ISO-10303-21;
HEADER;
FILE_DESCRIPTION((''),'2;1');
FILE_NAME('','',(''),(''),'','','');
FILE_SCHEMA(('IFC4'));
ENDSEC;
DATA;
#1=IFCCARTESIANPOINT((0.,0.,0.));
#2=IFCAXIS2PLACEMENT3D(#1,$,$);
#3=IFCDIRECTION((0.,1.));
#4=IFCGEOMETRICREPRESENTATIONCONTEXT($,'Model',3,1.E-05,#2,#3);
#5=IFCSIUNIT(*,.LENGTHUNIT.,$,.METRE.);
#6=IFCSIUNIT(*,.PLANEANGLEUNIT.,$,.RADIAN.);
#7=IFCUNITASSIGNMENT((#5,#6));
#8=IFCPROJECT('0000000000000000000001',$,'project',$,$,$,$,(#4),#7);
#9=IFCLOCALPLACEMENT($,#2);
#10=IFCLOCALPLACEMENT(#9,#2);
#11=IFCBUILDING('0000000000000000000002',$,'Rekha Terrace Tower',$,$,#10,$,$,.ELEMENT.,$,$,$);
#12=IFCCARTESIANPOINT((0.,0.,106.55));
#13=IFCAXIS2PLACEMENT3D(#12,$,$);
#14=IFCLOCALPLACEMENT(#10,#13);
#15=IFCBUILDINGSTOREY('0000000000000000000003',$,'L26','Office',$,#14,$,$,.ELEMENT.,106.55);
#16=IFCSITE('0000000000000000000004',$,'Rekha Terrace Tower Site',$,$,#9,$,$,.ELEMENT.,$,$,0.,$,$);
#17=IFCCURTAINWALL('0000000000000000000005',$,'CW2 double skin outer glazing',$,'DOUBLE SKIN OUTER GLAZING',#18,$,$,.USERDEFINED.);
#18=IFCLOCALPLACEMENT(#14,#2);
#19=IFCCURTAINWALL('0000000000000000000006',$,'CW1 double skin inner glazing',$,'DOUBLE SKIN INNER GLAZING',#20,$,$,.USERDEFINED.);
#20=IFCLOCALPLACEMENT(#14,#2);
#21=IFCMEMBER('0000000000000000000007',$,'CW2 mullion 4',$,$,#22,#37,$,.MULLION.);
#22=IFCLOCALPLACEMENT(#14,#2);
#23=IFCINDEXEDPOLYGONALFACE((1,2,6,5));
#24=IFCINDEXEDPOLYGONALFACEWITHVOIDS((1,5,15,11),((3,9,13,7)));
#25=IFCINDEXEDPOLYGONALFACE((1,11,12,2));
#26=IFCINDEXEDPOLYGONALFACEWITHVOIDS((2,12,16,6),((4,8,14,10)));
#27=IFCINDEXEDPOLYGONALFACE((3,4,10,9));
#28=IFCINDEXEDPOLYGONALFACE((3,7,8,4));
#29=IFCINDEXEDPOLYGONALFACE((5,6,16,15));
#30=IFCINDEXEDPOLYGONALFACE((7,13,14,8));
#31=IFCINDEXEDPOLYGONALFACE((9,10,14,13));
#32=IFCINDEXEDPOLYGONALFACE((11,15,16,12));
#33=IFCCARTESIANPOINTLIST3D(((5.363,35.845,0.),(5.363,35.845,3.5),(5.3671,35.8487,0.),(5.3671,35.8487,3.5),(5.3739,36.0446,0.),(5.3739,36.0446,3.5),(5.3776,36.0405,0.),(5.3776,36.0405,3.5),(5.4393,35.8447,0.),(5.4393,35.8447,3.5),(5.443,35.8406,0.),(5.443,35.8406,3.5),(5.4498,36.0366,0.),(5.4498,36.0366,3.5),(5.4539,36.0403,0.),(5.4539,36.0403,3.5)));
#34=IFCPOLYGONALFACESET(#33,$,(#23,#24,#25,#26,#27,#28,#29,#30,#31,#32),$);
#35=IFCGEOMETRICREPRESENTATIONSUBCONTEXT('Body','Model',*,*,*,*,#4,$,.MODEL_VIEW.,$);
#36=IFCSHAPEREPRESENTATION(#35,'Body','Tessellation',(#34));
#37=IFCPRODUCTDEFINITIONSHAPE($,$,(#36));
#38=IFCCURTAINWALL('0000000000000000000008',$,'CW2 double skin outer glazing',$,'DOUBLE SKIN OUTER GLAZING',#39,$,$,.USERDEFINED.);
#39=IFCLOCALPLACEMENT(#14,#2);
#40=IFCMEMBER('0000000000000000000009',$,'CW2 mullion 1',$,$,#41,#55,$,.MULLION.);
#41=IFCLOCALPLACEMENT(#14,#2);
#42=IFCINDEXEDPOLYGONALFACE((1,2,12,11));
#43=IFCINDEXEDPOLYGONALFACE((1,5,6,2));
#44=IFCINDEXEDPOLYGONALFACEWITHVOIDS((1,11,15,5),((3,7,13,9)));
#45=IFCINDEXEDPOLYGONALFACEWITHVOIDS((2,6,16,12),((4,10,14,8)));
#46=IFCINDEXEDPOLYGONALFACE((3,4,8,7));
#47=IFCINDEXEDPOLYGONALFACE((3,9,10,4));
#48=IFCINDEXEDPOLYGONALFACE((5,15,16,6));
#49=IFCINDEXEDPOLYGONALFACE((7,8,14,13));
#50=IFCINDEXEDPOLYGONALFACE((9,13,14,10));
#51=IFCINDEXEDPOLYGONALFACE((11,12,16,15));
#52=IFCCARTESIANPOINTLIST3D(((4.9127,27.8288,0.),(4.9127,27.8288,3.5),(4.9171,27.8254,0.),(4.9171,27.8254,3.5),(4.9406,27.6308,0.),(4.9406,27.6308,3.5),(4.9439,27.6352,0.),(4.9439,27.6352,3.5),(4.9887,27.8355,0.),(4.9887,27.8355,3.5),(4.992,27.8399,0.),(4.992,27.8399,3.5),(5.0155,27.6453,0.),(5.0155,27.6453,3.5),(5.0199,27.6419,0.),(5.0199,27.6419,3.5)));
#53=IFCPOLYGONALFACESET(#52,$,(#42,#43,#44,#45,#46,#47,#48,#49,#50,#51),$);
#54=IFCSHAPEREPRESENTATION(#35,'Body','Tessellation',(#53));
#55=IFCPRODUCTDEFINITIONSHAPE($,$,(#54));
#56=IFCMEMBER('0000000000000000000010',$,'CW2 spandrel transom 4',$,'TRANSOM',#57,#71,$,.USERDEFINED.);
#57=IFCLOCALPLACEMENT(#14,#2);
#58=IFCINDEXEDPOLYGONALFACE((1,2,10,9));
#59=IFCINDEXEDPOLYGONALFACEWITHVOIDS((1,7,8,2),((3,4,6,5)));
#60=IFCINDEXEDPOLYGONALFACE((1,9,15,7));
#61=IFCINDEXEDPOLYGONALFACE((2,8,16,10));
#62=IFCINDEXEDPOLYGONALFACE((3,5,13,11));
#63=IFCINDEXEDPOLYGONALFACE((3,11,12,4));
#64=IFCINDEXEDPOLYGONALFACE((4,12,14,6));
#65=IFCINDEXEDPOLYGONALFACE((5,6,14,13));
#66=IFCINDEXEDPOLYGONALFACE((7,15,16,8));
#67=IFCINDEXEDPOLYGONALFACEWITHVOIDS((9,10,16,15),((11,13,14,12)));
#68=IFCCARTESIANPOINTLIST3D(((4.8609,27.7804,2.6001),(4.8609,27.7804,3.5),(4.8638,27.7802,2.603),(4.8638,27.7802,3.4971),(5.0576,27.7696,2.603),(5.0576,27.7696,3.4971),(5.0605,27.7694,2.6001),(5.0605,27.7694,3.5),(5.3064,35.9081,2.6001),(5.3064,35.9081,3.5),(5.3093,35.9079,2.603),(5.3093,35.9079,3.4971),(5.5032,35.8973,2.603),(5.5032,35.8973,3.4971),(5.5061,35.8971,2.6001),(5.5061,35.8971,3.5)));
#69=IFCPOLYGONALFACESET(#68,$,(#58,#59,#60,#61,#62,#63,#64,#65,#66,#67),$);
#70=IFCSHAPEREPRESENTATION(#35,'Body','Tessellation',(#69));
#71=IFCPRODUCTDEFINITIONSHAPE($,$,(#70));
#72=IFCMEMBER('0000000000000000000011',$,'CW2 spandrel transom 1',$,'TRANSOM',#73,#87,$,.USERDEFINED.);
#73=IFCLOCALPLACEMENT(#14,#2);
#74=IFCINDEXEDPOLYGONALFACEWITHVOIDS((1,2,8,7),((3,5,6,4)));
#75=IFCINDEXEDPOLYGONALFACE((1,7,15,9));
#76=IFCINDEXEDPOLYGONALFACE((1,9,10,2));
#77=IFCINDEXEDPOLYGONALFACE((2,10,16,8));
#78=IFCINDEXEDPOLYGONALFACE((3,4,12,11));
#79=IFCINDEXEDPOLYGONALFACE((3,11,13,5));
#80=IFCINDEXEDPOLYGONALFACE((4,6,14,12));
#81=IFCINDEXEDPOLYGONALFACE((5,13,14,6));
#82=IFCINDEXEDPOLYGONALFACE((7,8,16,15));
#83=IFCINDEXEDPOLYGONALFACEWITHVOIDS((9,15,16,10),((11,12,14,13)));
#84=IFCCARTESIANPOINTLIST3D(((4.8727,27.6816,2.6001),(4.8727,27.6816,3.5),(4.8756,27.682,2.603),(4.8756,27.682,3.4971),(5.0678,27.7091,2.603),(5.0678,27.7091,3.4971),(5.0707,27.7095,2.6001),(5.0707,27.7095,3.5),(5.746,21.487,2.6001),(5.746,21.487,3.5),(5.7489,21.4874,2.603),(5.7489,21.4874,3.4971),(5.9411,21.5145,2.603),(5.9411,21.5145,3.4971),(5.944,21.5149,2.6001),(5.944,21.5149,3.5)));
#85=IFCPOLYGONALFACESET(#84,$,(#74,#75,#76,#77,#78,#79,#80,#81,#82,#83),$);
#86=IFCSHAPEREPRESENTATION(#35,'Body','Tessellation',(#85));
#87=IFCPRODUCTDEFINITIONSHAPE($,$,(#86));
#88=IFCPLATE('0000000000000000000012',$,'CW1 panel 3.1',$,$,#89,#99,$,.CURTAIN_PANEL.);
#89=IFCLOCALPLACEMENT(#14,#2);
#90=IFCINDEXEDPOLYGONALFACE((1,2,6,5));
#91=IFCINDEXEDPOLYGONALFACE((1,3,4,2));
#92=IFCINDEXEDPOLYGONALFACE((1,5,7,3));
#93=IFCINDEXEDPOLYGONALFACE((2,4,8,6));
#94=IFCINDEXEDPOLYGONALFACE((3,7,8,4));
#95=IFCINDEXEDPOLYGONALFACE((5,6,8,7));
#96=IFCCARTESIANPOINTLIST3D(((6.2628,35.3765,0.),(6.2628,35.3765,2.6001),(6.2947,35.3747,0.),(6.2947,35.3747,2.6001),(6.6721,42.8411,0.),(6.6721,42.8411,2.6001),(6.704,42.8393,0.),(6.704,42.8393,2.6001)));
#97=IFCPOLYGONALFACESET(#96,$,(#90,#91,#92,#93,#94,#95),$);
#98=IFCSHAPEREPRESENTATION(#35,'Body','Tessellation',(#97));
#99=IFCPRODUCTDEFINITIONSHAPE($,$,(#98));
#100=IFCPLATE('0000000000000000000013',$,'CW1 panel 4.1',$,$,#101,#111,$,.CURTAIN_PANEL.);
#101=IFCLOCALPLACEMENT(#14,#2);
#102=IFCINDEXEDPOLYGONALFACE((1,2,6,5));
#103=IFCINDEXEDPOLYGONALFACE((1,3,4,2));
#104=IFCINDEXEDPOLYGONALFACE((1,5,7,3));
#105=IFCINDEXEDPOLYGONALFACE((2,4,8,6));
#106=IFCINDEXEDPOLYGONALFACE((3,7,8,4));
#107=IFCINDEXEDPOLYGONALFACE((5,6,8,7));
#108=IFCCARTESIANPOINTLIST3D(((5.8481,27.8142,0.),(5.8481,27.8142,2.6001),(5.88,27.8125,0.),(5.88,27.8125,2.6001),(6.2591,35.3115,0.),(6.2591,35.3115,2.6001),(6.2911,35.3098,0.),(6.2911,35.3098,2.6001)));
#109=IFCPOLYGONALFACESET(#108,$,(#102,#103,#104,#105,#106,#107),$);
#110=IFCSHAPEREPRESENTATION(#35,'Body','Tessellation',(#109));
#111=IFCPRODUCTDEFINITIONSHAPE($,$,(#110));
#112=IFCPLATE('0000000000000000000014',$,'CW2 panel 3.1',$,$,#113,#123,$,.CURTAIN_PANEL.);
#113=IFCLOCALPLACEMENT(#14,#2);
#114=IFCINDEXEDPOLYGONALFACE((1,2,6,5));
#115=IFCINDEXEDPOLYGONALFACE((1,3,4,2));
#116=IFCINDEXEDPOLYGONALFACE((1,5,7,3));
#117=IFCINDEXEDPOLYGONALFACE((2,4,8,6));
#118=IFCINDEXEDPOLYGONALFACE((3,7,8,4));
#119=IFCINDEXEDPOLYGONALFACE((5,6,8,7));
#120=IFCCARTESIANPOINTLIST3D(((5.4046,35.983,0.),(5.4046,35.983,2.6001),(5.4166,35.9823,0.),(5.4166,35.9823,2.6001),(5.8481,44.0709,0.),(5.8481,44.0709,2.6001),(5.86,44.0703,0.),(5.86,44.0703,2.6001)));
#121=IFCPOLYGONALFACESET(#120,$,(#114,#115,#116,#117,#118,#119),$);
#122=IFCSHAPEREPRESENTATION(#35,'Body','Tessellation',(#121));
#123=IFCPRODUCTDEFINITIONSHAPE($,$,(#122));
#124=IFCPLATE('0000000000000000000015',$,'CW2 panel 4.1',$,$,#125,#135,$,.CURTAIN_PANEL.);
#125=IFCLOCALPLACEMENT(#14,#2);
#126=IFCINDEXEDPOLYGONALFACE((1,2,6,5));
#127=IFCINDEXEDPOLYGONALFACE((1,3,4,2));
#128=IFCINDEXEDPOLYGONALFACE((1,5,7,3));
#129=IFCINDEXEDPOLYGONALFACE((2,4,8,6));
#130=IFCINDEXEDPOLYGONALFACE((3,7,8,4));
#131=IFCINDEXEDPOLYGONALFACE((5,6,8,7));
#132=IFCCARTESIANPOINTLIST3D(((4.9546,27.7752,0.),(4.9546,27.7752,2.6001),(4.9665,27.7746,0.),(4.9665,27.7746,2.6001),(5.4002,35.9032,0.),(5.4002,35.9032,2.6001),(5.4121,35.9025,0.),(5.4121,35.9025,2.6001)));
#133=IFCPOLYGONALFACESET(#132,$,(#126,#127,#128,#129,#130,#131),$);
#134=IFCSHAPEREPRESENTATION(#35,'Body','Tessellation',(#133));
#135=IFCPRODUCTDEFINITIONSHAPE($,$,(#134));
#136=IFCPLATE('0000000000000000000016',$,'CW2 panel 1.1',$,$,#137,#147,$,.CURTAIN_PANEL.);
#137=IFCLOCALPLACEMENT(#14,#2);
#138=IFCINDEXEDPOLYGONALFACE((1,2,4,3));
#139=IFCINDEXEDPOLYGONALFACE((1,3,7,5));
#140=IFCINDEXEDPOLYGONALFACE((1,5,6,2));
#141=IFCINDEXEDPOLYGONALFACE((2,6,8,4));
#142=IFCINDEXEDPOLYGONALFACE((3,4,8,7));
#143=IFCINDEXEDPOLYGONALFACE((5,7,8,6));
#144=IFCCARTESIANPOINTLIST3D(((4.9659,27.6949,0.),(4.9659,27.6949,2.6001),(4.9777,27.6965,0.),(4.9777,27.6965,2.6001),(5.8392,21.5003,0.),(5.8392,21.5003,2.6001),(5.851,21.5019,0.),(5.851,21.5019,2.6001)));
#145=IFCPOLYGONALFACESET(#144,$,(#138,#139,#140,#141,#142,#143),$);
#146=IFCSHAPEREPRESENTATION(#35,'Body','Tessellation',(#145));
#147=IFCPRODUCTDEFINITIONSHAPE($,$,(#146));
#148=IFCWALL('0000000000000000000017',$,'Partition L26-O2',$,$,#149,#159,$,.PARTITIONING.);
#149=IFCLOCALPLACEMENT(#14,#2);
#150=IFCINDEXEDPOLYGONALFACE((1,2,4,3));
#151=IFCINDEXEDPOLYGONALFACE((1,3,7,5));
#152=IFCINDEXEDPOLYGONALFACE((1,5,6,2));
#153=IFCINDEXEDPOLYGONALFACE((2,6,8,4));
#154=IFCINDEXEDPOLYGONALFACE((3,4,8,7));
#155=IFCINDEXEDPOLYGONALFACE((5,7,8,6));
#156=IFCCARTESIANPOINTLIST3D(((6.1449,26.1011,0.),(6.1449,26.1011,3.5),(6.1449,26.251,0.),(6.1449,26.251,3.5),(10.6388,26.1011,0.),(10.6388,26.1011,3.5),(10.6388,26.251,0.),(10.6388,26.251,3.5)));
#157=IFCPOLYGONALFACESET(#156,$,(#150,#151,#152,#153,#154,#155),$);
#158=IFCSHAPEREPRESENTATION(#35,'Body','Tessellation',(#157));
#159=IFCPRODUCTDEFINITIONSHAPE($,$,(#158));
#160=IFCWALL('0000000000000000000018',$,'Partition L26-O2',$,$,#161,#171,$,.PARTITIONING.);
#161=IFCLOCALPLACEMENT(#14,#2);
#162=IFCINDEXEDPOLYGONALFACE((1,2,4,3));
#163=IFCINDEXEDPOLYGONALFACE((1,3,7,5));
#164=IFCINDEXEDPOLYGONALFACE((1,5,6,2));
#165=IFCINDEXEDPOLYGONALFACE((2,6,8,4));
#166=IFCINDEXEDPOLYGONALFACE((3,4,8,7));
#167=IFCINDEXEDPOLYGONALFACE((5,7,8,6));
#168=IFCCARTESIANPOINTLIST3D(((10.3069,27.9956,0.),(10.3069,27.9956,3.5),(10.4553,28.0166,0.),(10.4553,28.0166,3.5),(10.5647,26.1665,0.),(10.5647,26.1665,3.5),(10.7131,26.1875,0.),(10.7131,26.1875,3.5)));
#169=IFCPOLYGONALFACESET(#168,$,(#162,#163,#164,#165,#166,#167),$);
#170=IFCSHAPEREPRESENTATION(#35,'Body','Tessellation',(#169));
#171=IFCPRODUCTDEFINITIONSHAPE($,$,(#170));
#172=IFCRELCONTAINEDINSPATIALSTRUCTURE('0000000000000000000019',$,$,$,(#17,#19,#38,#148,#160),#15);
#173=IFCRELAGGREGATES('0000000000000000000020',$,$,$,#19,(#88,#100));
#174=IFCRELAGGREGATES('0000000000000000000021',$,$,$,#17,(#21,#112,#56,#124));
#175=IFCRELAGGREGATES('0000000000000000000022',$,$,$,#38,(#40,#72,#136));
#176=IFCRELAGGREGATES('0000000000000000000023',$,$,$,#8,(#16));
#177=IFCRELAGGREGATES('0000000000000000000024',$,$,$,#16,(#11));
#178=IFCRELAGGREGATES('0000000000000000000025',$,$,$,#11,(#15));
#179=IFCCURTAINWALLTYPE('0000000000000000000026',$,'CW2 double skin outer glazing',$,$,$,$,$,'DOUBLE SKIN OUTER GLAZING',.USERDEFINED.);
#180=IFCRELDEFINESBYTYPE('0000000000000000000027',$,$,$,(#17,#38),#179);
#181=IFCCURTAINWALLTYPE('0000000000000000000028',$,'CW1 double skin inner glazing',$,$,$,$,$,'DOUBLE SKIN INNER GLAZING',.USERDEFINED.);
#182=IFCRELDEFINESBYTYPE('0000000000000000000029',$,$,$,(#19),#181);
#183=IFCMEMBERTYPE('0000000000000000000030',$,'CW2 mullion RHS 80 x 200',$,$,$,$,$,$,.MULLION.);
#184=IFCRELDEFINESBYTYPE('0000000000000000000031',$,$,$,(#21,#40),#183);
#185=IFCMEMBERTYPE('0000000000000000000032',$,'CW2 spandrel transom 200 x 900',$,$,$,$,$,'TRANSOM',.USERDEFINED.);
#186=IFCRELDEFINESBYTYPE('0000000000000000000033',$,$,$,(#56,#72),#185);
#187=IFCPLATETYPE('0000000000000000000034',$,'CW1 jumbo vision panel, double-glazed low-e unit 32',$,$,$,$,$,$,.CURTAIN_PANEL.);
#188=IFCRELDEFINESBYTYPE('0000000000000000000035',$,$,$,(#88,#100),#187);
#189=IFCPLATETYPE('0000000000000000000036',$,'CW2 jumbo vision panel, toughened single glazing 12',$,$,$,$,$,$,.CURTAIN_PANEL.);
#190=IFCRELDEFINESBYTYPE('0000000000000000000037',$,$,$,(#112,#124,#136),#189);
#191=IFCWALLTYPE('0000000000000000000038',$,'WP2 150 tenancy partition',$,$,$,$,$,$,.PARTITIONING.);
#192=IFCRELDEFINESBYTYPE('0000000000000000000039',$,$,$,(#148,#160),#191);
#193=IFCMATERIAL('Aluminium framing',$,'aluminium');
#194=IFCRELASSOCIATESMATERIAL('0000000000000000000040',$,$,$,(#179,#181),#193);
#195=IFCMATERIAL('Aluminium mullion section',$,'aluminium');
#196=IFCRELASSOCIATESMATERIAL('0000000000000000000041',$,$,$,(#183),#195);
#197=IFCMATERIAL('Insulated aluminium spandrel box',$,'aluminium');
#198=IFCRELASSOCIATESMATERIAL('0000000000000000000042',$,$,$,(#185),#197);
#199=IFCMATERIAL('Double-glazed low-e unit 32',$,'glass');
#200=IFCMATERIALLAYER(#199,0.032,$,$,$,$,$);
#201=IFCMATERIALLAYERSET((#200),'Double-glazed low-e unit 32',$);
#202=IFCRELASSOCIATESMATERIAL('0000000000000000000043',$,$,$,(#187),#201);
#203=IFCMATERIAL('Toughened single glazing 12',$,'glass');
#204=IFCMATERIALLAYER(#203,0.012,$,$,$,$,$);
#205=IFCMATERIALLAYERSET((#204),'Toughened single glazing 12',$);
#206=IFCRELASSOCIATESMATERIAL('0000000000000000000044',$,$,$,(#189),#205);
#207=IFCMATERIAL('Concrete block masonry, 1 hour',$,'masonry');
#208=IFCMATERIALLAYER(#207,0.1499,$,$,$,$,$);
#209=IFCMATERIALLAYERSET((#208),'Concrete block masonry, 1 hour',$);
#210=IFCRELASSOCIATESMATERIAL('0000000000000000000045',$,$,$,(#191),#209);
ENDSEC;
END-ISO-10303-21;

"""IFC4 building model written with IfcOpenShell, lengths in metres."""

from ifc_helpers import new_model, si_unit, direction, frame, frame_2d, origin, origin_2d, place, context, subcontext, project, spatial, rectangle, hollow_rectangle, extrude, material, layer, layer_set, material_profile, profile_set, type_object, element, aggregate, save


model = new_model("IFC4")

# Units and contexts
model_context = context("Model", 3, precision=1e-05, world=origin(), true_north=direction((0.0, 1.0)))
body_context = subcontext(model_context, "Body", "Model", "MODEL_VIEW")
ifc_project = project(units=[si_unit("LENGTHUNIT", "METRE"), si_unit("PLANEANGLEUNIT", "RADIAN")], contexts=[model_context])

# Site, building, storey
site_placement = place(None, origin())
site = spatial("IfcSite", under=ifc_project, at=site_placement, Name="Rekha Terrace Tower Site", CompositionType="ELEMENT", RefElevation=0.0)
building_placement = place(site_placement, origin())
building = spatial("IfcBuilding", under=site, at=building_placement, Name="Rekha Terrace Tower", CompositionType="ELEMENT")
storey_placement = place(building_placement, frame((0.0, 0.0, 106.55)))
storey = spatial("IfcBuildingStorey", under=building, at=storey_placement, Name="L26", Description="Office", CompositionType="ELEMENT", Elevation=106.55)

# Curtain walls
ifc_material_1 = material(Name="Aluminium framing", Category="aluminium")
curtain_wall_type_1 = type_object("IfcCurtainWallType", Name="CW2 double skin outer glazing", ElementType="DOUBLE SKIN OUTER GLAZING", PredefinedType="USERDEFINED", material=ifc_material_1)
curtain_wall_1_placement = place(storey_placement, origin())
curtain_wall_1 = element("IfcCurtainWall", 1, at=curtain_wall_1_placement, inside=storey, type_object=curtain_wall_type_1, Name="CW2 double skin outer glazing", ObjectType="DOUBLE SKIN OUTER GLAZING", PredefinedType="USERDEFINED")
curtain_wall_type_2 = type_object("IfcCurtainWallType", Name="CW1 double skin inner glazing", ElementType="DOUBLE SKIN INNER GLAZING", PredefinedType="USERDEFINED", material=ifc_material_1)
curtain_wall_2_placement = place(storey_placement, origin())
curtain_wall_2 = element("IfcCurtainWall", 2, at=curtain_wall_2_placement, inside=storey, type_object=curtain_wall_type_2, Name="CW1 double skin inner glazing", ObjectType="DOUBLE SKIN INNER GLAZING", PredefinedType="USERDEFINED")
ifc_material_2 = material(Name="Aluminium mullion section", Category="aluminium")

# Member
ifc_material_3 = material(Name="Insulated aluminium spandrel box", Category="aluminium")
ifc_material_profile_1 = material_profile(ifc_material_2, hollow_rectangle(XDim=0.0801, YDim=0.2, WallThickness=0.0039, at=origin_2d()), Name="AL RHS 80x200")
ifc_profile_set_1 = profile_set([ifc_material_profile_1], Name="Aluminium mullion section")
member_type_1 = type_object("IfcMemberType", Name="CW2 mullion RHS 80 x 200", PredefinedType="MULLION", material=ifc_profile_set_1)
member_1_placement = place(storey_placement, frame((5.4084, 35.9426, 0.0), z_axis=(0.0, 0.0, 1.0), x_axis=(0.998501, -0.054742, 0.0)))
member_1 = element("IfcMember", 3, at=member_1_placement, type_object=member_type_1, Name="CW2 mullion 4", PredefinedType="MULLION", context=body_context, shape_type="SweptSolid", body=[
    extrude(hollow_rectangle(XDim=0.0801, YDim=0.2, WallThickness=0.0039, at=origin_2d()), origin(), (0.0, 0.0, 1.0), 3.5),
])

# Curtain wall, member
curtain_wall_3_placement = place(storey_placement, origin())
curtain_wall_3 = element("IfcCurtainWall", 4, at=curtain_wall_3_placement, inside=storey, type_object=curtain_wall_type_1, Name="CW2 double skin outer glazing", ObjectType="DOUBLE SKIN OUTER GLAZING", PredefinedType="USERDEFINED")
member_2_placement = place(storey_placement, frame((4.9663, 27.7354, 0.0), z_axis=(0.0, 0.0, 1.0), x_axis=(0.990208, 0.139597, 0.0)))
member_2 = element("IfcMember", 5, at=member_2_placement, type_object=member_type_1, Name="CW2 mullion 1", PredefinedType="MULLION", context=body_context, shape_type="SweptSolid", body=[
    extrude(hollow_rectangle(XDim=0.0801, YDim=0.2, WallThickness=0.0039, at=origin_2d()), origin(), (0.0, 0.0, 1.0), 3.5),
])

# Members
ifc_material_profile_2 = material_profile(ifc_material_3, hollow_rectangle(XDim=0.2, YDim=0.8999, WallThickness=0.0029, at=origin_2d()), Name="AL SPANDREL BOX 200x900")
ifc_profile_set_2 = profile_set([ifc_material_profile_2], Name="Insulated aluminium spandrel box")
member_type_2 = type_object("IfcMemberType", Name="CW2 spandrel transom 200 x 900", ElementType="TRANSOM", PredefinedType="USERDEFINED", material=ifc_profile_set_2)
member_3_placement = place(storey_placement, frame((5.4062, 35.9026, 3.05), z_axis=(-0.054737, -0.998501, 0.0), x_axis=(0.998501, -0.054737, 0.0)))
member_3 = element("IfcMember", 6, at=member_3_placement, type_object=member_type_2, Name="CW2 spandrel transom 4", ObjectType="TRANSOM", PredefinedType="USERDEFINED", context=body_context, shape_type="SweptSolid", body=[
    extrude(hollow_rectangle(XDim=0.2, YDim=0.8999, WallThickness=0.0029, at=origin_2d()), origin(), (0.0, 0.0, 1.0), 8.1399),
])
member_4_placement = place(storey_placement, frame((4.9717, 27.6956, 3.05), z_axis=(0.139596, -0.990209, 0.0), x_axis=(0.990209, 0.139596, 0.0)))
member_4 = element("IfcMember", 7, at=member_4_placement, type_object=member_type_2, Name="CW2 spandrel transom 1", ObjectType="TRANSOM", PredefinedType="USERDEFINED", context=body_context, shape_type="SweptSolid", body=[
    extrude(hollow_rectangle(XDim=0.2, YDim=0.8999, WallThickness=0.0029, at=origin_2d()), origin(), (0.0, 0.0, 1.0), 6.2559),
])

# Plates
ifc_material_4 = material(Name="Double-glazed low-e unit 32", Category="glass")
ifc_layer_1 = layer(ifc_material_4, 0.032)
ifc_layer_set_1 = layer_set([ifc_layer_1], Name="Double-glazed low-e unit 32")
plate_type_1 = type_object("IfcPlateType", Name="CW1 jumbo vision panel, double-glazed low-e unit 32", PredefinedType="CURTAIN_PANEL", material=ifc_layer_set_1)
plate_1_placement = place(storey_placement, frame((6.4834, 39.1079, 0.0), z_axis=(0.0, 0.0, 1.0), x_axis=(-0.054742, -0.998501, 0.0)))
plate_1 = element("IfcPlate", 8, at=plate_1_placement, type_object=plate_type_1, Name="CW1 panel 3.1", PredefinedType="CURTAIN_PANEL", context=body_context, shape_type="SweptSolid", body=[
    extrude(rectangle(XDim=7.4758, YDim=0.032, at=origin_2d()), origin(), (0.0, 0.0, 1.0), 2.6001),
])
plate_2_placement = place(storey_placement, frame((6.0696, 31.562, 0.0), z_axis=(0.0, 0.0, 1.0), x_axis=(-0.054742, -0.998501, 0.0)))
plate_2 = element("IfcPlate", 9, at=plate_2_placement, type_object=plate_type_1, Name="CW1 panel 4.1", PredefinedType="CURTAIN_PANEL", context=body_context, shape_type="SweptSolid", body=[
    extrude(rectangle(XDim=7.5085, YDim=0.032, at=origin_2d()), origin(), (0.0, 0.0, 1.0), 2.6001),
])
aggregate(curtain_wall_2, [plate_1, plate_2])
ifc_material_5 = material(Name="Toughened single glazing 12", Category="glass")
ifc_layer_2 = layer(ifc_material_5, 0.012)
ifc_layer_set_2 = layer_set([ifc_layer_2], Name="Toughened single glazing 12")
plate_type_2 = type_object("IfcPlateType", Name="CW2 jumbo vision panel, toughened single glazing 12", PredefinedType="CURTAIN_PANEL", material=ifc_layer_set_2)
plate_3_placement = place(storey_placement, frame((5.6323, 40.0266, 0.0), z_axis=(0.0, 0.0, 1.0), x_axis=(-0.054742, -0.998501, 0.0)))
plate_3 = element("IfcPlate", 10, at=plate_3_placement, type_object=plate_type_2, Name="CW2 panel 3.1", PredefinedType="CURTAIN_PANEL", context=body_context, shape_type="SweptSolid", body=[
    extrude(rectangle(XDim=8.1001, YDim=0.012, at=origin_2d()), origin(), (0.0, 0.0, 1.0), 2.6001),
])
plate_4_placement = place(storey_placement, frame((5.1833, 31.8389, 0.0), z_axis=(0.0, 0.0, 1.0), x_axis=(-0.054742, -0.998501, 0.0)))
plate_4 = element("IfcPlate", 11, at=plate_4_placement, type_object=plate_type_2, Name="CW2 panel 4.1", PredefinedType="CURTAIN_PANEL", context=body_context, shape_type="SweptSolid", body=[
    extrude(rectangle(XDim=8.1401, YDim=0.012, at=origin_2d()), origin(), (0.0, 0.0, 1.0), 2.6001),
])
aggregate(curtain_wall_1, [member_1, plate_3, member_3, plate_4])
plate_5_placement = place(storey_placement, frame((5.4084, 24.5984, 0.0), z_axis=(0.0, 0.0, 1.0), x_axis=(0.139597, -0.990208, 0.0)))
plate_5 = element("IfcPlate", 12, at=plate_5_placement, type_object=plate_type_2, Name="CW2 panel 1.1", PredefinedType="CURTAIN_PANEL", context=body_context, shape_type="SweptSolid", body=[
    extrude(rectangle(XDim=6.2559, YDim=0.012, at=origin_2d()), origin(), (0.0, 0.0, 1.0), 2.6001),
])
aggregate(curtain_wall_3, [member_2, member_4, plate_5])

# Walls
ifc_material_6 = material(Name="Concrete block masonry, 1 hour", Category="masonry")
ifc_layer_3 = layer(ifc_material_6, 0.1499)
ifc_layer_set_3 = layer_set([ifc_layer_3], Name="Concrete block masonry, 1 hour")
wall_type_1 = type_object("IfcWallType", Name="WP2 150 tenancy partition", PredefinedType="PARTITIONING", material=ifc_layer_set_3)
wall_1_placement = place(storey_placement, frame((10.6389, 26.176, 0.0), z_axis=(0.0, 0.0, 1.0), x_axis=(-1.0, 0.0, 0.0)))
element("IfcWall", 13, at=wall_1_placement, inside=storey, type_object=wall_type_1, Name="Partition L26-O2", PredefinedType="PARTITIONING", context=body_context, shape_type="SweptSolid", body=[
    extrude(rectangle(XDim=4.4939, YDim=0.1499, at=frame_2d((2.2471, 0.0))), origin(), (0.0, 0.0, 1.0), 3.5),
])
wall_2_placement = place(storey_placement, frame((10.6389, 26.177, 0.0), z_axis=(0.0, 0.0, 1.0), x_axis=(-0.139571, 0.990212, 0.0)))
element("IfcWall", 14, at=wall_2_placement, inside=storey, type_object=wall_type_1, Name="Partition L26-O2", PredefinedType="PARTITIONING", context=body_context, shape_type="SweptSolid", body=[
    extrude(rectangle(XDim=1.8472, YDim=0.1499, at=frame_2d((0.9236, 0.0))), origin(), (0.0, 0.0, 1.0), 3.5),
])

save(model, "model.ifc")
